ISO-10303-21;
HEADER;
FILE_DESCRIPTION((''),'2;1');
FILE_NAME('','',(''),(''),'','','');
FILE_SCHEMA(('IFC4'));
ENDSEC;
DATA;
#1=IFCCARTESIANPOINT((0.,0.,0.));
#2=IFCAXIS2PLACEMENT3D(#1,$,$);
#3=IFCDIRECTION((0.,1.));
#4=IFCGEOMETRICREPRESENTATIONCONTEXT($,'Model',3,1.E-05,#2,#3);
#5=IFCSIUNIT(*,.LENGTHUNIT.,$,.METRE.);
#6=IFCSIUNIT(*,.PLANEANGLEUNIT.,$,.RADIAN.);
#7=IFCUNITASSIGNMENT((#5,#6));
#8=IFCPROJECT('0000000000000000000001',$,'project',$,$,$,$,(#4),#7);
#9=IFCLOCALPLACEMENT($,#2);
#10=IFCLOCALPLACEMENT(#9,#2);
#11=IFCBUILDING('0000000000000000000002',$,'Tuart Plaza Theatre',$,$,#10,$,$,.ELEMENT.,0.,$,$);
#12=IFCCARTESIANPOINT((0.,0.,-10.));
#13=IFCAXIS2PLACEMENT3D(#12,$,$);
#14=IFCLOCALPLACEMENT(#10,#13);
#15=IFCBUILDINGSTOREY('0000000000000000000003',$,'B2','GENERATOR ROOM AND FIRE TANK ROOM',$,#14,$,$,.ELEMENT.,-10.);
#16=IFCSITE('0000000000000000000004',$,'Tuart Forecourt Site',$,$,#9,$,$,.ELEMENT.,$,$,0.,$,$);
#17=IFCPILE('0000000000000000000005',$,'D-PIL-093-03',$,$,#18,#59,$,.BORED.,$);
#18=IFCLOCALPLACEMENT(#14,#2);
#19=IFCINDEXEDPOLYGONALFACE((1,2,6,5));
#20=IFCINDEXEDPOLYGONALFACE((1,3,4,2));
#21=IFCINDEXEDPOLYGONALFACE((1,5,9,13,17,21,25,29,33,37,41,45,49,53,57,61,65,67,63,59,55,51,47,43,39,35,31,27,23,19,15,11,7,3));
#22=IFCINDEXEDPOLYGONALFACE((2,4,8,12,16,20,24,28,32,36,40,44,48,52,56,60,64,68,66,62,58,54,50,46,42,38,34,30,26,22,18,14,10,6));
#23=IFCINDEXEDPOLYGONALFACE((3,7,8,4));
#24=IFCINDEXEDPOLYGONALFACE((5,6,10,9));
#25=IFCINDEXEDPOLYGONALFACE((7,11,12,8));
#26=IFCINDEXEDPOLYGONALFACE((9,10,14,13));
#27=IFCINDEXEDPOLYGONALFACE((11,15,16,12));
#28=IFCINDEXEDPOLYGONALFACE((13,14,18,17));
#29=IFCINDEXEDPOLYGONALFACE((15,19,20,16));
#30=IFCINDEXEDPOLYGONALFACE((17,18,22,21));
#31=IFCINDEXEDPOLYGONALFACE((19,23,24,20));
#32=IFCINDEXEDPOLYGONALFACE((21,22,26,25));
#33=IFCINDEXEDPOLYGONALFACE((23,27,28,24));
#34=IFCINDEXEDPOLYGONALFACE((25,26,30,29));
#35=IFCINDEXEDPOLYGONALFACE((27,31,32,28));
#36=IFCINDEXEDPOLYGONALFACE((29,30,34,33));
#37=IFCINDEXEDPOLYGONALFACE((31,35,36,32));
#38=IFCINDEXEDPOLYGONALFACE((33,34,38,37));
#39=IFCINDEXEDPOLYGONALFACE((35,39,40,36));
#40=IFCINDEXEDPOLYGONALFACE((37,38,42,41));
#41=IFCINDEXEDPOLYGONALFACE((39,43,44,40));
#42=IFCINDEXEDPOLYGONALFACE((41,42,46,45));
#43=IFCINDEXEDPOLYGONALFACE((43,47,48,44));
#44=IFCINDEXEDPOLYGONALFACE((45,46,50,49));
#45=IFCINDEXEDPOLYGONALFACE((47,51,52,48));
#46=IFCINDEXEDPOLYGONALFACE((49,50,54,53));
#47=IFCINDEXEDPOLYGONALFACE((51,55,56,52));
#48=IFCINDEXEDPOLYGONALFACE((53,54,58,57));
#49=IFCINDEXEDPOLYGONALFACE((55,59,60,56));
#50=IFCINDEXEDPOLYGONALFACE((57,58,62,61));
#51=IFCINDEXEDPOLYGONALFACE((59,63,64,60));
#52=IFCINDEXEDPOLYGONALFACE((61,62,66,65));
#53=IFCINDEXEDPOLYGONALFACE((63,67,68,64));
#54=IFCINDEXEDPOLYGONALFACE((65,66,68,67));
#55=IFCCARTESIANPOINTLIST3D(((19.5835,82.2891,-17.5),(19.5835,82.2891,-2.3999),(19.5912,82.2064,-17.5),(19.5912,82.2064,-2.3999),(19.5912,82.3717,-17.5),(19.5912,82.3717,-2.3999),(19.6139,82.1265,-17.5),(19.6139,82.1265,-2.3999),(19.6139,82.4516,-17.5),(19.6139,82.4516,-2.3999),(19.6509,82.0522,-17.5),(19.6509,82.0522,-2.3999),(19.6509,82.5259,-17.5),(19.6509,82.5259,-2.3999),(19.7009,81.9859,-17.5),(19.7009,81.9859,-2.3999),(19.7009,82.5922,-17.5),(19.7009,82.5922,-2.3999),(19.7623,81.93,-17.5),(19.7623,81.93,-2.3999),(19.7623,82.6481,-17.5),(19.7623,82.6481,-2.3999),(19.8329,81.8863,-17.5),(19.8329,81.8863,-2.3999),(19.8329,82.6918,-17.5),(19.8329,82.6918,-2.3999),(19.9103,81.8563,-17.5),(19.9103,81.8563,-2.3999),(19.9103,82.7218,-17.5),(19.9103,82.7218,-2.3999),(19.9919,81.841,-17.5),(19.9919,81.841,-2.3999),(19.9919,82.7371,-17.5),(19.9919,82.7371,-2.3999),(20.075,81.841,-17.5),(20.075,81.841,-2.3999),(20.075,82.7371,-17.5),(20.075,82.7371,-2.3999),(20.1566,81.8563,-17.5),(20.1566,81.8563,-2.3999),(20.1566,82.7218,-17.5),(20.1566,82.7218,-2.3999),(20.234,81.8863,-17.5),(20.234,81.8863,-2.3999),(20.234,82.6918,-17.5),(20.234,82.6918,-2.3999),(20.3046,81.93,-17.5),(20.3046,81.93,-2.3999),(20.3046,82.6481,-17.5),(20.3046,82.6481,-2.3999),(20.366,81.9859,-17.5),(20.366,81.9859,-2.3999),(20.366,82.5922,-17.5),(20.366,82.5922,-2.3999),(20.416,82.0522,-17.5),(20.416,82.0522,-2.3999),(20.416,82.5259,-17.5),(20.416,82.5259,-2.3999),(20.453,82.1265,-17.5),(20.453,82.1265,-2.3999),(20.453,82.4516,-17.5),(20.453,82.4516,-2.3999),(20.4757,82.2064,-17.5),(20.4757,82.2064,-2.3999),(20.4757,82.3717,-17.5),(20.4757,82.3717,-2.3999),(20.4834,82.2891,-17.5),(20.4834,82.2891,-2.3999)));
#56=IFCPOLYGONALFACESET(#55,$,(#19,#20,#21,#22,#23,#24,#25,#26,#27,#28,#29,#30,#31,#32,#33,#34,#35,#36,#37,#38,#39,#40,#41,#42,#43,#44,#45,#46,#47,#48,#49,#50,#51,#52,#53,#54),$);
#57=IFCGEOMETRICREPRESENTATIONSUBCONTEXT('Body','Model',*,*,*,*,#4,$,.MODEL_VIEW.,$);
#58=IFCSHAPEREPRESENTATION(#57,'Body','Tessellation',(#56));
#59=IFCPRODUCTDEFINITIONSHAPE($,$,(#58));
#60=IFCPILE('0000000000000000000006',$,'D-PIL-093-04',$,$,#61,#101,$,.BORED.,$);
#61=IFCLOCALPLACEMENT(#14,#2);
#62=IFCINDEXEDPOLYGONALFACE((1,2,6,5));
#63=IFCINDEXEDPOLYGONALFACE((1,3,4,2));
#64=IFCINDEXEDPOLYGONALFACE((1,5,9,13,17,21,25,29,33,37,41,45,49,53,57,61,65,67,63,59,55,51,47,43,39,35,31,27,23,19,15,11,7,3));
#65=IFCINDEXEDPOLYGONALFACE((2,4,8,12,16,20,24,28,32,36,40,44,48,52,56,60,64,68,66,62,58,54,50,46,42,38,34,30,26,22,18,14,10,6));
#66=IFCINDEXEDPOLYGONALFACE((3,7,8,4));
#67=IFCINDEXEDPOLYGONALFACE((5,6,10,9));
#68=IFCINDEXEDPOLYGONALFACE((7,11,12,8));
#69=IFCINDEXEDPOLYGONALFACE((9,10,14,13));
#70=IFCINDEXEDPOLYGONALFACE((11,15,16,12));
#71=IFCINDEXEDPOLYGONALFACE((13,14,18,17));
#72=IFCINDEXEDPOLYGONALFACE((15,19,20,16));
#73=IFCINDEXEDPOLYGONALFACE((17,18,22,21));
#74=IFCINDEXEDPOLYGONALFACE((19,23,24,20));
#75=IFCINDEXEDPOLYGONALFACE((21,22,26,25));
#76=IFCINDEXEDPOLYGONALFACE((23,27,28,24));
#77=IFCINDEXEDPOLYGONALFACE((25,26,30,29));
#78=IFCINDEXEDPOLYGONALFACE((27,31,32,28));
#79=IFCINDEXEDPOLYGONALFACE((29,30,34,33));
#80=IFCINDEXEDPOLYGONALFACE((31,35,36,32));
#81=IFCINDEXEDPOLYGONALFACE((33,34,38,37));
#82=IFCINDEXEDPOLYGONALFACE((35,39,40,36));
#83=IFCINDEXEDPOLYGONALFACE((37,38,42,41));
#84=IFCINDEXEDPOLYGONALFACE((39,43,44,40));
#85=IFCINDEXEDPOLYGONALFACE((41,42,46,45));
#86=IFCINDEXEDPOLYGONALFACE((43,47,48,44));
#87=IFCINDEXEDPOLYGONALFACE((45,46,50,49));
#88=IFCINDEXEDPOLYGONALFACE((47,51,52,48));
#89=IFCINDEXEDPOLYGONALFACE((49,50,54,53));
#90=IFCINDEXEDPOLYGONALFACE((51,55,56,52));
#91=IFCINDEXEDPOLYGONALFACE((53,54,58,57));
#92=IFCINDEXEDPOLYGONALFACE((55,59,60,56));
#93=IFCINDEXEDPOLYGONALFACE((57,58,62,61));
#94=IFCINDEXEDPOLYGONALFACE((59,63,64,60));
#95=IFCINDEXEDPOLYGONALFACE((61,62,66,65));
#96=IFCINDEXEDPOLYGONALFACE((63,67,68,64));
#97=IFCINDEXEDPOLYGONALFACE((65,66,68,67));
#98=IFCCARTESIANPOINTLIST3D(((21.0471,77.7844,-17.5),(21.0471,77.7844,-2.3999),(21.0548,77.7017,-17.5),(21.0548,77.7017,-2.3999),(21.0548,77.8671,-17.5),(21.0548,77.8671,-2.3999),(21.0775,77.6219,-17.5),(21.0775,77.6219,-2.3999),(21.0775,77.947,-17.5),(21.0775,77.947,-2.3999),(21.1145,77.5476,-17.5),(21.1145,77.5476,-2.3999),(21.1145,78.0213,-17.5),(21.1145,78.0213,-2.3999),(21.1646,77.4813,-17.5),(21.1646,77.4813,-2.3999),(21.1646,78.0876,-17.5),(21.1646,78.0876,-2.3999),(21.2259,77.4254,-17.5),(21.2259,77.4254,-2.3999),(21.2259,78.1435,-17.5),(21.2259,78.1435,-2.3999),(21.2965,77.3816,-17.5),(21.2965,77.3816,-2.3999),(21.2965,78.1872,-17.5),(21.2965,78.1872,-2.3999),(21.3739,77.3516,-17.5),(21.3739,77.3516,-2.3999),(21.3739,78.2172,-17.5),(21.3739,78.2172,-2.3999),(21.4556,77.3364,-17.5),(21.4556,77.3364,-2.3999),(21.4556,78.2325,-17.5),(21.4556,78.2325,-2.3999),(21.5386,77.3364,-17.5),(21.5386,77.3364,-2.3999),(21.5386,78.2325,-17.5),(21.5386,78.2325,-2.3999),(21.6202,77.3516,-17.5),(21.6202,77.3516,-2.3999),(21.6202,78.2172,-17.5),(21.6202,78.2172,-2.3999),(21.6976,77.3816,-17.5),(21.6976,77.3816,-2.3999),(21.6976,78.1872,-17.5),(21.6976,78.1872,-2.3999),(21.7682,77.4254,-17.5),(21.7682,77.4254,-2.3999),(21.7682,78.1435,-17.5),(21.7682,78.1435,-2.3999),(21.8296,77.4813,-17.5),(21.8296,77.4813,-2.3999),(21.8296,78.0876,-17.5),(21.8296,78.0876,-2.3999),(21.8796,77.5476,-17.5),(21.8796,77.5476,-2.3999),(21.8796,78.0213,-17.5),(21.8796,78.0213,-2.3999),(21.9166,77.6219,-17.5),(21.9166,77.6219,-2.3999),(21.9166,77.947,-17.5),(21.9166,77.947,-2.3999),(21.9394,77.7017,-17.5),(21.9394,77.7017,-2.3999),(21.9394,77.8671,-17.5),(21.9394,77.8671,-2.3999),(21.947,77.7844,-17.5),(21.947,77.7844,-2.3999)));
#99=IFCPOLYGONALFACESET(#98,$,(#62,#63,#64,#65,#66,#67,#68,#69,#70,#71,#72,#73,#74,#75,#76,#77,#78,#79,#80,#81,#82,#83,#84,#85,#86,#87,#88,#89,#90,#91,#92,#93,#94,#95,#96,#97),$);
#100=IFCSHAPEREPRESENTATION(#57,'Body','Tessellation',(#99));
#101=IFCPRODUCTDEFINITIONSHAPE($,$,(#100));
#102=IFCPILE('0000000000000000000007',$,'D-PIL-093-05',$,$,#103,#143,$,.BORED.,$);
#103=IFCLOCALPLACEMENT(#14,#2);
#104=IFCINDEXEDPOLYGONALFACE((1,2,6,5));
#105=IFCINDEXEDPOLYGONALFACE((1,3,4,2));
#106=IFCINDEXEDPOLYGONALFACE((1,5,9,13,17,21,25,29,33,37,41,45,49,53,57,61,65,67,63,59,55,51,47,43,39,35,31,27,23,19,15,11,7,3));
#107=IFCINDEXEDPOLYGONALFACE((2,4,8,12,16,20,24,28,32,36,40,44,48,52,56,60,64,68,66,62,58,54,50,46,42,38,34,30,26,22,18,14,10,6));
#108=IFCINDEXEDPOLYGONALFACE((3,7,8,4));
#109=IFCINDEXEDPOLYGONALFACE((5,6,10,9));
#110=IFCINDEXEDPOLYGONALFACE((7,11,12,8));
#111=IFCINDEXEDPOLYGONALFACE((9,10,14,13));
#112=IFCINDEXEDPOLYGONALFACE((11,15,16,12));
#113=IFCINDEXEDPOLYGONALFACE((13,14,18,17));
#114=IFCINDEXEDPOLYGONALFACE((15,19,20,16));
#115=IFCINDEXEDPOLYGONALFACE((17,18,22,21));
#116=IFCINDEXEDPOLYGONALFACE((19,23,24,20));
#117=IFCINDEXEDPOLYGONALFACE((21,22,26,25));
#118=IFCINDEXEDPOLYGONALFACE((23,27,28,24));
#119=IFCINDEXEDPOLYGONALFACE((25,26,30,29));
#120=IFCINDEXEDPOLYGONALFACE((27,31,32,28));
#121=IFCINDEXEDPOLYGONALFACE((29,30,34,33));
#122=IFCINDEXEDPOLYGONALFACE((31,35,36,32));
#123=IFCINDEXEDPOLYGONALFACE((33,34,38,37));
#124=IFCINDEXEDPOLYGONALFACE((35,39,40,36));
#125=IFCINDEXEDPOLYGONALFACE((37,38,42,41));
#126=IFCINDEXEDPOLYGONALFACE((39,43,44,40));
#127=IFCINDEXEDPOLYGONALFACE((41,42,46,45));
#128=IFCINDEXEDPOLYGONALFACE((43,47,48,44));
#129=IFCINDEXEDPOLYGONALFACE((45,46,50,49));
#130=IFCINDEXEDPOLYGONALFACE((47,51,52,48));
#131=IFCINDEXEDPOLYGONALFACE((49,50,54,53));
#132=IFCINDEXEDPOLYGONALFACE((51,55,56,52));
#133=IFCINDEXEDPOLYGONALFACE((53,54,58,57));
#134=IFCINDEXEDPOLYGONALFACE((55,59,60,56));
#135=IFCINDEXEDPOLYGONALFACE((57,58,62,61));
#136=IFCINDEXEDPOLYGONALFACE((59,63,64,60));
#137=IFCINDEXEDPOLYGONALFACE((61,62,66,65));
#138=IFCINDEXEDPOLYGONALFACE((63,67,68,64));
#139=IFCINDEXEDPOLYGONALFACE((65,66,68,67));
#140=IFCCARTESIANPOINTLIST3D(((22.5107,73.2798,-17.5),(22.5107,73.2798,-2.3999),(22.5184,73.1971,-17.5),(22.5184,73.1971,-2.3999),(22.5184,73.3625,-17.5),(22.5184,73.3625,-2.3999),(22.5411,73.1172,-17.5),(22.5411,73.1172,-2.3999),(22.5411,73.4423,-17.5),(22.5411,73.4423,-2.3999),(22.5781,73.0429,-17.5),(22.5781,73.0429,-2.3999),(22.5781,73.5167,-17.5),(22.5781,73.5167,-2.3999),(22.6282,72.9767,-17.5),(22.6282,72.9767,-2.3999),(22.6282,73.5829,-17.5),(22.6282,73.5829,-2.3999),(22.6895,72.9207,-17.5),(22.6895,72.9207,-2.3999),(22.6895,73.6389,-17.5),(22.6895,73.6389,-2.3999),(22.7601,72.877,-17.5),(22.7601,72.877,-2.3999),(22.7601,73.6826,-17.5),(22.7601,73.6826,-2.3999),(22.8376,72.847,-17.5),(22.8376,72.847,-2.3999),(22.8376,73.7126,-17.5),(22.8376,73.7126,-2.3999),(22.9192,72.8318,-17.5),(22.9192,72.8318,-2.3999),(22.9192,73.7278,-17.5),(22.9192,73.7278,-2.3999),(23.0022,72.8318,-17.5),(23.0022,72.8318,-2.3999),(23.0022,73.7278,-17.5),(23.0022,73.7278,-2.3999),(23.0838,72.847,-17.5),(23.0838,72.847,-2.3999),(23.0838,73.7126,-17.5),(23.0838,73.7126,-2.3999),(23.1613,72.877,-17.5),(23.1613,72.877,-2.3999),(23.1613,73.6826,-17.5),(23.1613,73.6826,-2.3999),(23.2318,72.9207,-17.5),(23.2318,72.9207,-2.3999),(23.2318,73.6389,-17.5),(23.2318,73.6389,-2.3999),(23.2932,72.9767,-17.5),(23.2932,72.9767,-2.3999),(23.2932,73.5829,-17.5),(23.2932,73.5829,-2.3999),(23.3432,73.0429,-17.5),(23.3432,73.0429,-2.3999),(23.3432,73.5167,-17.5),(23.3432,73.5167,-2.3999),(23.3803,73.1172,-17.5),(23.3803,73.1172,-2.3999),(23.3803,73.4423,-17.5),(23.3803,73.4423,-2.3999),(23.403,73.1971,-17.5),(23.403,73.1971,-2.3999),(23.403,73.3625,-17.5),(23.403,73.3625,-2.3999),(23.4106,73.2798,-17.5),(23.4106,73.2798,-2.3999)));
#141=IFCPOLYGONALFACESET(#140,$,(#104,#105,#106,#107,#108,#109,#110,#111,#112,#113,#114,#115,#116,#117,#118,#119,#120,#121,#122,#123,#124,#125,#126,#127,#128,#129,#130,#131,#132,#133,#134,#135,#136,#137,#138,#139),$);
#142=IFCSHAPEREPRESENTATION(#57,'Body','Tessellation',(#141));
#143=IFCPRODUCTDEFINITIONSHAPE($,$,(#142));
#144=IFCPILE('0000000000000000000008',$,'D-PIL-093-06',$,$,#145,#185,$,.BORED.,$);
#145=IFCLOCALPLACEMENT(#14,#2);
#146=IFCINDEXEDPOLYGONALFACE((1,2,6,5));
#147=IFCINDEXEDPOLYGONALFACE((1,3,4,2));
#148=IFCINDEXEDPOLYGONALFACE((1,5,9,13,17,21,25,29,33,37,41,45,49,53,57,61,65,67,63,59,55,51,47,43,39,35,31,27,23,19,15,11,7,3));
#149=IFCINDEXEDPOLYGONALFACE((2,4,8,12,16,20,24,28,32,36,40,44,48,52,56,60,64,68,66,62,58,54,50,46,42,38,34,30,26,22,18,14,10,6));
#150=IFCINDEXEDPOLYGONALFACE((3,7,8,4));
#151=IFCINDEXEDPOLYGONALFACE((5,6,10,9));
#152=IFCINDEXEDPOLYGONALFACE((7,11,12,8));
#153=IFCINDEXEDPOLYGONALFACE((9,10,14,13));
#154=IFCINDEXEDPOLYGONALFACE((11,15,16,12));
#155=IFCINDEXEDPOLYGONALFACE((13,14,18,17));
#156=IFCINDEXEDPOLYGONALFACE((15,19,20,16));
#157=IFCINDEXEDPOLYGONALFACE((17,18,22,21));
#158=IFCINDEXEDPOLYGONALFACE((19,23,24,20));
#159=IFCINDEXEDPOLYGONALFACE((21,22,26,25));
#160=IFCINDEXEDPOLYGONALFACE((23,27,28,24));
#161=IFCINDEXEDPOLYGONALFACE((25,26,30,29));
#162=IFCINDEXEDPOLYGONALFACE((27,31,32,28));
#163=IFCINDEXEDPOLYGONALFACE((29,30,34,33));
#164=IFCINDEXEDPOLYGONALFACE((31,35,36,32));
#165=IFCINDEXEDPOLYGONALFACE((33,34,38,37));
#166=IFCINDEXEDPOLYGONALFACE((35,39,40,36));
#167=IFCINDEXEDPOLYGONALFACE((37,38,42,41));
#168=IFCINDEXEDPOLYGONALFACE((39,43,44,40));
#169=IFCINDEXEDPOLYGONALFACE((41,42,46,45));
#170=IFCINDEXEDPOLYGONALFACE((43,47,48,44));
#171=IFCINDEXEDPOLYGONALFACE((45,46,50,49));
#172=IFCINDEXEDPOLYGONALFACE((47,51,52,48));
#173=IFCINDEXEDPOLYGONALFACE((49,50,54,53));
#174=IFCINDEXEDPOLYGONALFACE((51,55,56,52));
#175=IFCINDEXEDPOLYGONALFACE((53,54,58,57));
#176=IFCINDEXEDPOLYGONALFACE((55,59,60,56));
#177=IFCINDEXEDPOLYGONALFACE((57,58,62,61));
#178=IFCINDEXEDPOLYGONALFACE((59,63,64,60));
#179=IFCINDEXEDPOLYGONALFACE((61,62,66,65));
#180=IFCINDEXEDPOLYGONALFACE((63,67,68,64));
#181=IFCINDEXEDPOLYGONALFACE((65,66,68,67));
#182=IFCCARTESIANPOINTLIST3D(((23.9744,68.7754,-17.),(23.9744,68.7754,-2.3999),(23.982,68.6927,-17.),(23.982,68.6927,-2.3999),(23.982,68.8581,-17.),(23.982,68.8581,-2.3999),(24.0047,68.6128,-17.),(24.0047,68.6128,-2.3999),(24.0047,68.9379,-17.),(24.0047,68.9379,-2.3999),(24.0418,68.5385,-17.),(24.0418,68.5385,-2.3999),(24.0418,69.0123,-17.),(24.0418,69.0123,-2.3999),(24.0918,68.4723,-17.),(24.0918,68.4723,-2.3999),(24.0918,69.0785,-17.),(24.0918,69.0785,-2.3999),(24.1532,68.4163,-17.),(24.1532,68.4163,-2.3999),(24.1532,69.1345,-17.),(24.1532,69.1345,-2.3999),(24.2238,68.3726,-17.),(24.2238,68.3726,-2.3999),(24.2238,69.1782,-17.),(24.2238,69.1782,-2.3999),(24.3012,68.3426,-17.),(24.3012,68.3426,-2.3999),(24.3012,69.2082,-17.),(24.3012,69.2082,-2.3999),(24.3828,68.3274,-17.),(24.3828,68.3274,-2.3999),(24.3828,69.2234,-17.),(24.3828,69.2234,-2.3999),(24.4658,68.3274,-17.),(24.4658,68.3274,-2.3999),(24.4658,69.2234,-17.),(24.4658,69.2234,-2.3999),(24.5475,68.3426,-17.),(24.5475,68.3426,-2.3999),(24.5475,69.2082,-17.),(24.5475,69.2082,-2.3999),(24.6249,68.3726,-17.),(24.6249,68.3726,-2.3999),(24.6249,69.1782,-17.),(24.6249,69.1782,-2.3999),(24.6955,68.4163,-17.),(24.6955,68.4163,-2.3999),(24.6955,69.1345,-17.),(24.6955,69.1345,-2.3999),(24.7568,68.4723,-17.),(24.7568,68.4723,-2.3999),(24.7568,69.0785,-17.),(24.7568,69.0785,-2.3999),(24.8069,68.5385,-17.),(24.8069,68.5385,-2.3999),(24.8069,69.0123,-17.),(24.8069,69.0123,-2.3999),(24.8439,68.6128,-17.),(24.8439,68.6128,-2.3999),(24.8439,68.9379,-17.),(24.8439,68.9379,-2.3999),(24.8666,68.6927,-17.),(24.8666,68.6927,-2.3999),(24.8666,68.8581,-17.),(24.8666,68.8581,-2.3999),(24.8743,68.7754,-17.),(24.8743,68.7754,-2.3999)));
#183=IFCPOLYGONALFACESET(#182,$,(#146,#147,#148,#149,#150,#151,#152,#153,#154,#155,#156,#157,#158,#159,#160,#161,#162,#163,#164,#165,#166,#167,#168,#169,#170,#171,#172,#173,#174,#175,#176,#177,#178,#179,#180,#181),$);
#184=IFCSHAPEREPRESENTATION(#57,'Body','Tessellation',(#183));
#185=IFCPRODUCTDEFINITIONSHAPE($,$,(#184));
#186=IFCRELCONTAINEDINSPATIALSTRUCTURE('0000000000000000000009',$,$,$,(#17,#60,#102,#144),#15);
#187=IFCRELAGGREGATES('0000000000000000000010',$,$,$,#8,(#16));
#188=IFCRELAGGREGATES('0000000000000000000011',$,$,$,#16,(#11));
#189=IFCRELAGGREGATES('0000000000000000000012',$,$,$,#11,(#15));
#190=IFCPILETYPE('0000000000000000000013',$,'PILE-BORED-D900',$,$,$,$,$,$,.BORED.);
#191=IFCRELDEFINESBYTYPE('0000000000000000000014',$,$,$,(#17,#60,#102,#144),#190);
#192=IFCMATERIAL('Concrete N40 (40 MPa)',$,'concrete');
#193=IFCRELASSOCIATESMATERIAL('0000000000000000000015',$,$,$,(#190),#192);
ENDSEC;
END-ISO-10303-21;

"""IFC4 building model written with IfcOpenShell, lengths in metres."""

from ifc_helpers import new_model, si_unit, direction, frame, origin, origin_2d, place, context, subcontext, project, spatial, circle, extrude, material, material_profile, profile_set, type_object, element, save


model = new_model("IFC4")

# Units and contexts
model_context = context("Model", 3, precision=1e-05, world=origin(), true_north=direction((0.0, 1.0)))
body_context = subcontext(model_context, "Body", "Model", "MODEL_VIEW")
ifc_project = project(units=[si_unit("LENGTHUNIT", "METRE"), si_unit("PLANEANGLEUNIT", "RADIAN")], contexts=[model_context])

# Site, building, storey
site_placement = place(None, origin())
site = spatial("IfcSite", under=ifc_project, at=site_placement, Name="Tuart Forecourt Site", CompositionType="ELEMENT", RefElevation=0.0)
building_placement = place(site_placement, origin())
building = spatial("IfcBuilding", under=site, at=building_placement, Name="Tuart Plaza Theatre", CompositionType="ELEMENT", ElevationOfRefHeight=0.0)
storey_placement = place(building_placement, frame((0.0, 0.0, -10.0)))
storey = spatial("IfcBuildingStorey", under=building, at=storey_placement, Name="B2", Description="GENERATOR ROOM AND FIRE TANK ROOM", CompositionType="ELEMENT", Elevation=-10.0)

# Piles
ifc_material_1 = material(Name="Concrete N40 (40 MPa)", Category="concrete")
ifc_material_profile_1 = material_profile(ifc_material_1, circle(Radius=0.45, at=origin_2d()), Name="PILE-BORED-D900")
ifc_profile_set_1 = profile_set([ifc_material_profile_1], Name="Concrete N40 (40 MPa)")
pile_type_1 = type_object("IfcPileType", Name="PILE-BORED-D900", PredefinedType="BORED", material=ifc_profile_set_1)
for number, where, z_axis, x_axis, name in (
    (1, (20.0334, 82.2891, -2.3999), (0.0, 0.0, -1.0), (1.0, 0.0, 0.0), "D-PIL-093-03"),
    (2, (21.4971, 77.7844, -2.3999), (0.0, 0.0, -1.0), (1.0, 0.0, 0.0), "D-PIL-093-04"),
    (3, (22.9607, 73.2798, -2.3999), (0.0, 0.0, -1.0), (1.0, 0.0, 0.0), "D-PIL-093-05"),
):
    element("IfcPile", number, at=place(storey_placement, frame(where, z_axis=z_axis, x_axis=x_axis)), inside=storey, type_object=pile_type_1, Name=name, PredefinedType="BORED", context=body_context, shape_type="SweptSolid", body=[
        extrude(circle(Radius=0.45, at=origin_2d()), origin(), (0.0, 0.0, 1.0), 15.1001),
    ])
for number, where, z_axis, x_axis, name in (
    (4, (24.4243, 68.7754, -2.3999), (0.0, 0.0, -1.0), (1.0, 0.0, 0.0), "D-PIL-093-06"),
):
    element("IfcPile", number, at=place(storey_placement, frame(where, z_axis=z_axis, x_axis=x_axis)), inside=storey, type_object=pile_type_1, Name=name, PredefinedType="BORED", context=body_context, shape_type="SweptSolid", body=[
        extrude(circle(Radius=0.45, at=origin_2d()), origin(), (0.0, 0.0, 1.0), 14.6001),
    ])

save(model, "model.ifc")
